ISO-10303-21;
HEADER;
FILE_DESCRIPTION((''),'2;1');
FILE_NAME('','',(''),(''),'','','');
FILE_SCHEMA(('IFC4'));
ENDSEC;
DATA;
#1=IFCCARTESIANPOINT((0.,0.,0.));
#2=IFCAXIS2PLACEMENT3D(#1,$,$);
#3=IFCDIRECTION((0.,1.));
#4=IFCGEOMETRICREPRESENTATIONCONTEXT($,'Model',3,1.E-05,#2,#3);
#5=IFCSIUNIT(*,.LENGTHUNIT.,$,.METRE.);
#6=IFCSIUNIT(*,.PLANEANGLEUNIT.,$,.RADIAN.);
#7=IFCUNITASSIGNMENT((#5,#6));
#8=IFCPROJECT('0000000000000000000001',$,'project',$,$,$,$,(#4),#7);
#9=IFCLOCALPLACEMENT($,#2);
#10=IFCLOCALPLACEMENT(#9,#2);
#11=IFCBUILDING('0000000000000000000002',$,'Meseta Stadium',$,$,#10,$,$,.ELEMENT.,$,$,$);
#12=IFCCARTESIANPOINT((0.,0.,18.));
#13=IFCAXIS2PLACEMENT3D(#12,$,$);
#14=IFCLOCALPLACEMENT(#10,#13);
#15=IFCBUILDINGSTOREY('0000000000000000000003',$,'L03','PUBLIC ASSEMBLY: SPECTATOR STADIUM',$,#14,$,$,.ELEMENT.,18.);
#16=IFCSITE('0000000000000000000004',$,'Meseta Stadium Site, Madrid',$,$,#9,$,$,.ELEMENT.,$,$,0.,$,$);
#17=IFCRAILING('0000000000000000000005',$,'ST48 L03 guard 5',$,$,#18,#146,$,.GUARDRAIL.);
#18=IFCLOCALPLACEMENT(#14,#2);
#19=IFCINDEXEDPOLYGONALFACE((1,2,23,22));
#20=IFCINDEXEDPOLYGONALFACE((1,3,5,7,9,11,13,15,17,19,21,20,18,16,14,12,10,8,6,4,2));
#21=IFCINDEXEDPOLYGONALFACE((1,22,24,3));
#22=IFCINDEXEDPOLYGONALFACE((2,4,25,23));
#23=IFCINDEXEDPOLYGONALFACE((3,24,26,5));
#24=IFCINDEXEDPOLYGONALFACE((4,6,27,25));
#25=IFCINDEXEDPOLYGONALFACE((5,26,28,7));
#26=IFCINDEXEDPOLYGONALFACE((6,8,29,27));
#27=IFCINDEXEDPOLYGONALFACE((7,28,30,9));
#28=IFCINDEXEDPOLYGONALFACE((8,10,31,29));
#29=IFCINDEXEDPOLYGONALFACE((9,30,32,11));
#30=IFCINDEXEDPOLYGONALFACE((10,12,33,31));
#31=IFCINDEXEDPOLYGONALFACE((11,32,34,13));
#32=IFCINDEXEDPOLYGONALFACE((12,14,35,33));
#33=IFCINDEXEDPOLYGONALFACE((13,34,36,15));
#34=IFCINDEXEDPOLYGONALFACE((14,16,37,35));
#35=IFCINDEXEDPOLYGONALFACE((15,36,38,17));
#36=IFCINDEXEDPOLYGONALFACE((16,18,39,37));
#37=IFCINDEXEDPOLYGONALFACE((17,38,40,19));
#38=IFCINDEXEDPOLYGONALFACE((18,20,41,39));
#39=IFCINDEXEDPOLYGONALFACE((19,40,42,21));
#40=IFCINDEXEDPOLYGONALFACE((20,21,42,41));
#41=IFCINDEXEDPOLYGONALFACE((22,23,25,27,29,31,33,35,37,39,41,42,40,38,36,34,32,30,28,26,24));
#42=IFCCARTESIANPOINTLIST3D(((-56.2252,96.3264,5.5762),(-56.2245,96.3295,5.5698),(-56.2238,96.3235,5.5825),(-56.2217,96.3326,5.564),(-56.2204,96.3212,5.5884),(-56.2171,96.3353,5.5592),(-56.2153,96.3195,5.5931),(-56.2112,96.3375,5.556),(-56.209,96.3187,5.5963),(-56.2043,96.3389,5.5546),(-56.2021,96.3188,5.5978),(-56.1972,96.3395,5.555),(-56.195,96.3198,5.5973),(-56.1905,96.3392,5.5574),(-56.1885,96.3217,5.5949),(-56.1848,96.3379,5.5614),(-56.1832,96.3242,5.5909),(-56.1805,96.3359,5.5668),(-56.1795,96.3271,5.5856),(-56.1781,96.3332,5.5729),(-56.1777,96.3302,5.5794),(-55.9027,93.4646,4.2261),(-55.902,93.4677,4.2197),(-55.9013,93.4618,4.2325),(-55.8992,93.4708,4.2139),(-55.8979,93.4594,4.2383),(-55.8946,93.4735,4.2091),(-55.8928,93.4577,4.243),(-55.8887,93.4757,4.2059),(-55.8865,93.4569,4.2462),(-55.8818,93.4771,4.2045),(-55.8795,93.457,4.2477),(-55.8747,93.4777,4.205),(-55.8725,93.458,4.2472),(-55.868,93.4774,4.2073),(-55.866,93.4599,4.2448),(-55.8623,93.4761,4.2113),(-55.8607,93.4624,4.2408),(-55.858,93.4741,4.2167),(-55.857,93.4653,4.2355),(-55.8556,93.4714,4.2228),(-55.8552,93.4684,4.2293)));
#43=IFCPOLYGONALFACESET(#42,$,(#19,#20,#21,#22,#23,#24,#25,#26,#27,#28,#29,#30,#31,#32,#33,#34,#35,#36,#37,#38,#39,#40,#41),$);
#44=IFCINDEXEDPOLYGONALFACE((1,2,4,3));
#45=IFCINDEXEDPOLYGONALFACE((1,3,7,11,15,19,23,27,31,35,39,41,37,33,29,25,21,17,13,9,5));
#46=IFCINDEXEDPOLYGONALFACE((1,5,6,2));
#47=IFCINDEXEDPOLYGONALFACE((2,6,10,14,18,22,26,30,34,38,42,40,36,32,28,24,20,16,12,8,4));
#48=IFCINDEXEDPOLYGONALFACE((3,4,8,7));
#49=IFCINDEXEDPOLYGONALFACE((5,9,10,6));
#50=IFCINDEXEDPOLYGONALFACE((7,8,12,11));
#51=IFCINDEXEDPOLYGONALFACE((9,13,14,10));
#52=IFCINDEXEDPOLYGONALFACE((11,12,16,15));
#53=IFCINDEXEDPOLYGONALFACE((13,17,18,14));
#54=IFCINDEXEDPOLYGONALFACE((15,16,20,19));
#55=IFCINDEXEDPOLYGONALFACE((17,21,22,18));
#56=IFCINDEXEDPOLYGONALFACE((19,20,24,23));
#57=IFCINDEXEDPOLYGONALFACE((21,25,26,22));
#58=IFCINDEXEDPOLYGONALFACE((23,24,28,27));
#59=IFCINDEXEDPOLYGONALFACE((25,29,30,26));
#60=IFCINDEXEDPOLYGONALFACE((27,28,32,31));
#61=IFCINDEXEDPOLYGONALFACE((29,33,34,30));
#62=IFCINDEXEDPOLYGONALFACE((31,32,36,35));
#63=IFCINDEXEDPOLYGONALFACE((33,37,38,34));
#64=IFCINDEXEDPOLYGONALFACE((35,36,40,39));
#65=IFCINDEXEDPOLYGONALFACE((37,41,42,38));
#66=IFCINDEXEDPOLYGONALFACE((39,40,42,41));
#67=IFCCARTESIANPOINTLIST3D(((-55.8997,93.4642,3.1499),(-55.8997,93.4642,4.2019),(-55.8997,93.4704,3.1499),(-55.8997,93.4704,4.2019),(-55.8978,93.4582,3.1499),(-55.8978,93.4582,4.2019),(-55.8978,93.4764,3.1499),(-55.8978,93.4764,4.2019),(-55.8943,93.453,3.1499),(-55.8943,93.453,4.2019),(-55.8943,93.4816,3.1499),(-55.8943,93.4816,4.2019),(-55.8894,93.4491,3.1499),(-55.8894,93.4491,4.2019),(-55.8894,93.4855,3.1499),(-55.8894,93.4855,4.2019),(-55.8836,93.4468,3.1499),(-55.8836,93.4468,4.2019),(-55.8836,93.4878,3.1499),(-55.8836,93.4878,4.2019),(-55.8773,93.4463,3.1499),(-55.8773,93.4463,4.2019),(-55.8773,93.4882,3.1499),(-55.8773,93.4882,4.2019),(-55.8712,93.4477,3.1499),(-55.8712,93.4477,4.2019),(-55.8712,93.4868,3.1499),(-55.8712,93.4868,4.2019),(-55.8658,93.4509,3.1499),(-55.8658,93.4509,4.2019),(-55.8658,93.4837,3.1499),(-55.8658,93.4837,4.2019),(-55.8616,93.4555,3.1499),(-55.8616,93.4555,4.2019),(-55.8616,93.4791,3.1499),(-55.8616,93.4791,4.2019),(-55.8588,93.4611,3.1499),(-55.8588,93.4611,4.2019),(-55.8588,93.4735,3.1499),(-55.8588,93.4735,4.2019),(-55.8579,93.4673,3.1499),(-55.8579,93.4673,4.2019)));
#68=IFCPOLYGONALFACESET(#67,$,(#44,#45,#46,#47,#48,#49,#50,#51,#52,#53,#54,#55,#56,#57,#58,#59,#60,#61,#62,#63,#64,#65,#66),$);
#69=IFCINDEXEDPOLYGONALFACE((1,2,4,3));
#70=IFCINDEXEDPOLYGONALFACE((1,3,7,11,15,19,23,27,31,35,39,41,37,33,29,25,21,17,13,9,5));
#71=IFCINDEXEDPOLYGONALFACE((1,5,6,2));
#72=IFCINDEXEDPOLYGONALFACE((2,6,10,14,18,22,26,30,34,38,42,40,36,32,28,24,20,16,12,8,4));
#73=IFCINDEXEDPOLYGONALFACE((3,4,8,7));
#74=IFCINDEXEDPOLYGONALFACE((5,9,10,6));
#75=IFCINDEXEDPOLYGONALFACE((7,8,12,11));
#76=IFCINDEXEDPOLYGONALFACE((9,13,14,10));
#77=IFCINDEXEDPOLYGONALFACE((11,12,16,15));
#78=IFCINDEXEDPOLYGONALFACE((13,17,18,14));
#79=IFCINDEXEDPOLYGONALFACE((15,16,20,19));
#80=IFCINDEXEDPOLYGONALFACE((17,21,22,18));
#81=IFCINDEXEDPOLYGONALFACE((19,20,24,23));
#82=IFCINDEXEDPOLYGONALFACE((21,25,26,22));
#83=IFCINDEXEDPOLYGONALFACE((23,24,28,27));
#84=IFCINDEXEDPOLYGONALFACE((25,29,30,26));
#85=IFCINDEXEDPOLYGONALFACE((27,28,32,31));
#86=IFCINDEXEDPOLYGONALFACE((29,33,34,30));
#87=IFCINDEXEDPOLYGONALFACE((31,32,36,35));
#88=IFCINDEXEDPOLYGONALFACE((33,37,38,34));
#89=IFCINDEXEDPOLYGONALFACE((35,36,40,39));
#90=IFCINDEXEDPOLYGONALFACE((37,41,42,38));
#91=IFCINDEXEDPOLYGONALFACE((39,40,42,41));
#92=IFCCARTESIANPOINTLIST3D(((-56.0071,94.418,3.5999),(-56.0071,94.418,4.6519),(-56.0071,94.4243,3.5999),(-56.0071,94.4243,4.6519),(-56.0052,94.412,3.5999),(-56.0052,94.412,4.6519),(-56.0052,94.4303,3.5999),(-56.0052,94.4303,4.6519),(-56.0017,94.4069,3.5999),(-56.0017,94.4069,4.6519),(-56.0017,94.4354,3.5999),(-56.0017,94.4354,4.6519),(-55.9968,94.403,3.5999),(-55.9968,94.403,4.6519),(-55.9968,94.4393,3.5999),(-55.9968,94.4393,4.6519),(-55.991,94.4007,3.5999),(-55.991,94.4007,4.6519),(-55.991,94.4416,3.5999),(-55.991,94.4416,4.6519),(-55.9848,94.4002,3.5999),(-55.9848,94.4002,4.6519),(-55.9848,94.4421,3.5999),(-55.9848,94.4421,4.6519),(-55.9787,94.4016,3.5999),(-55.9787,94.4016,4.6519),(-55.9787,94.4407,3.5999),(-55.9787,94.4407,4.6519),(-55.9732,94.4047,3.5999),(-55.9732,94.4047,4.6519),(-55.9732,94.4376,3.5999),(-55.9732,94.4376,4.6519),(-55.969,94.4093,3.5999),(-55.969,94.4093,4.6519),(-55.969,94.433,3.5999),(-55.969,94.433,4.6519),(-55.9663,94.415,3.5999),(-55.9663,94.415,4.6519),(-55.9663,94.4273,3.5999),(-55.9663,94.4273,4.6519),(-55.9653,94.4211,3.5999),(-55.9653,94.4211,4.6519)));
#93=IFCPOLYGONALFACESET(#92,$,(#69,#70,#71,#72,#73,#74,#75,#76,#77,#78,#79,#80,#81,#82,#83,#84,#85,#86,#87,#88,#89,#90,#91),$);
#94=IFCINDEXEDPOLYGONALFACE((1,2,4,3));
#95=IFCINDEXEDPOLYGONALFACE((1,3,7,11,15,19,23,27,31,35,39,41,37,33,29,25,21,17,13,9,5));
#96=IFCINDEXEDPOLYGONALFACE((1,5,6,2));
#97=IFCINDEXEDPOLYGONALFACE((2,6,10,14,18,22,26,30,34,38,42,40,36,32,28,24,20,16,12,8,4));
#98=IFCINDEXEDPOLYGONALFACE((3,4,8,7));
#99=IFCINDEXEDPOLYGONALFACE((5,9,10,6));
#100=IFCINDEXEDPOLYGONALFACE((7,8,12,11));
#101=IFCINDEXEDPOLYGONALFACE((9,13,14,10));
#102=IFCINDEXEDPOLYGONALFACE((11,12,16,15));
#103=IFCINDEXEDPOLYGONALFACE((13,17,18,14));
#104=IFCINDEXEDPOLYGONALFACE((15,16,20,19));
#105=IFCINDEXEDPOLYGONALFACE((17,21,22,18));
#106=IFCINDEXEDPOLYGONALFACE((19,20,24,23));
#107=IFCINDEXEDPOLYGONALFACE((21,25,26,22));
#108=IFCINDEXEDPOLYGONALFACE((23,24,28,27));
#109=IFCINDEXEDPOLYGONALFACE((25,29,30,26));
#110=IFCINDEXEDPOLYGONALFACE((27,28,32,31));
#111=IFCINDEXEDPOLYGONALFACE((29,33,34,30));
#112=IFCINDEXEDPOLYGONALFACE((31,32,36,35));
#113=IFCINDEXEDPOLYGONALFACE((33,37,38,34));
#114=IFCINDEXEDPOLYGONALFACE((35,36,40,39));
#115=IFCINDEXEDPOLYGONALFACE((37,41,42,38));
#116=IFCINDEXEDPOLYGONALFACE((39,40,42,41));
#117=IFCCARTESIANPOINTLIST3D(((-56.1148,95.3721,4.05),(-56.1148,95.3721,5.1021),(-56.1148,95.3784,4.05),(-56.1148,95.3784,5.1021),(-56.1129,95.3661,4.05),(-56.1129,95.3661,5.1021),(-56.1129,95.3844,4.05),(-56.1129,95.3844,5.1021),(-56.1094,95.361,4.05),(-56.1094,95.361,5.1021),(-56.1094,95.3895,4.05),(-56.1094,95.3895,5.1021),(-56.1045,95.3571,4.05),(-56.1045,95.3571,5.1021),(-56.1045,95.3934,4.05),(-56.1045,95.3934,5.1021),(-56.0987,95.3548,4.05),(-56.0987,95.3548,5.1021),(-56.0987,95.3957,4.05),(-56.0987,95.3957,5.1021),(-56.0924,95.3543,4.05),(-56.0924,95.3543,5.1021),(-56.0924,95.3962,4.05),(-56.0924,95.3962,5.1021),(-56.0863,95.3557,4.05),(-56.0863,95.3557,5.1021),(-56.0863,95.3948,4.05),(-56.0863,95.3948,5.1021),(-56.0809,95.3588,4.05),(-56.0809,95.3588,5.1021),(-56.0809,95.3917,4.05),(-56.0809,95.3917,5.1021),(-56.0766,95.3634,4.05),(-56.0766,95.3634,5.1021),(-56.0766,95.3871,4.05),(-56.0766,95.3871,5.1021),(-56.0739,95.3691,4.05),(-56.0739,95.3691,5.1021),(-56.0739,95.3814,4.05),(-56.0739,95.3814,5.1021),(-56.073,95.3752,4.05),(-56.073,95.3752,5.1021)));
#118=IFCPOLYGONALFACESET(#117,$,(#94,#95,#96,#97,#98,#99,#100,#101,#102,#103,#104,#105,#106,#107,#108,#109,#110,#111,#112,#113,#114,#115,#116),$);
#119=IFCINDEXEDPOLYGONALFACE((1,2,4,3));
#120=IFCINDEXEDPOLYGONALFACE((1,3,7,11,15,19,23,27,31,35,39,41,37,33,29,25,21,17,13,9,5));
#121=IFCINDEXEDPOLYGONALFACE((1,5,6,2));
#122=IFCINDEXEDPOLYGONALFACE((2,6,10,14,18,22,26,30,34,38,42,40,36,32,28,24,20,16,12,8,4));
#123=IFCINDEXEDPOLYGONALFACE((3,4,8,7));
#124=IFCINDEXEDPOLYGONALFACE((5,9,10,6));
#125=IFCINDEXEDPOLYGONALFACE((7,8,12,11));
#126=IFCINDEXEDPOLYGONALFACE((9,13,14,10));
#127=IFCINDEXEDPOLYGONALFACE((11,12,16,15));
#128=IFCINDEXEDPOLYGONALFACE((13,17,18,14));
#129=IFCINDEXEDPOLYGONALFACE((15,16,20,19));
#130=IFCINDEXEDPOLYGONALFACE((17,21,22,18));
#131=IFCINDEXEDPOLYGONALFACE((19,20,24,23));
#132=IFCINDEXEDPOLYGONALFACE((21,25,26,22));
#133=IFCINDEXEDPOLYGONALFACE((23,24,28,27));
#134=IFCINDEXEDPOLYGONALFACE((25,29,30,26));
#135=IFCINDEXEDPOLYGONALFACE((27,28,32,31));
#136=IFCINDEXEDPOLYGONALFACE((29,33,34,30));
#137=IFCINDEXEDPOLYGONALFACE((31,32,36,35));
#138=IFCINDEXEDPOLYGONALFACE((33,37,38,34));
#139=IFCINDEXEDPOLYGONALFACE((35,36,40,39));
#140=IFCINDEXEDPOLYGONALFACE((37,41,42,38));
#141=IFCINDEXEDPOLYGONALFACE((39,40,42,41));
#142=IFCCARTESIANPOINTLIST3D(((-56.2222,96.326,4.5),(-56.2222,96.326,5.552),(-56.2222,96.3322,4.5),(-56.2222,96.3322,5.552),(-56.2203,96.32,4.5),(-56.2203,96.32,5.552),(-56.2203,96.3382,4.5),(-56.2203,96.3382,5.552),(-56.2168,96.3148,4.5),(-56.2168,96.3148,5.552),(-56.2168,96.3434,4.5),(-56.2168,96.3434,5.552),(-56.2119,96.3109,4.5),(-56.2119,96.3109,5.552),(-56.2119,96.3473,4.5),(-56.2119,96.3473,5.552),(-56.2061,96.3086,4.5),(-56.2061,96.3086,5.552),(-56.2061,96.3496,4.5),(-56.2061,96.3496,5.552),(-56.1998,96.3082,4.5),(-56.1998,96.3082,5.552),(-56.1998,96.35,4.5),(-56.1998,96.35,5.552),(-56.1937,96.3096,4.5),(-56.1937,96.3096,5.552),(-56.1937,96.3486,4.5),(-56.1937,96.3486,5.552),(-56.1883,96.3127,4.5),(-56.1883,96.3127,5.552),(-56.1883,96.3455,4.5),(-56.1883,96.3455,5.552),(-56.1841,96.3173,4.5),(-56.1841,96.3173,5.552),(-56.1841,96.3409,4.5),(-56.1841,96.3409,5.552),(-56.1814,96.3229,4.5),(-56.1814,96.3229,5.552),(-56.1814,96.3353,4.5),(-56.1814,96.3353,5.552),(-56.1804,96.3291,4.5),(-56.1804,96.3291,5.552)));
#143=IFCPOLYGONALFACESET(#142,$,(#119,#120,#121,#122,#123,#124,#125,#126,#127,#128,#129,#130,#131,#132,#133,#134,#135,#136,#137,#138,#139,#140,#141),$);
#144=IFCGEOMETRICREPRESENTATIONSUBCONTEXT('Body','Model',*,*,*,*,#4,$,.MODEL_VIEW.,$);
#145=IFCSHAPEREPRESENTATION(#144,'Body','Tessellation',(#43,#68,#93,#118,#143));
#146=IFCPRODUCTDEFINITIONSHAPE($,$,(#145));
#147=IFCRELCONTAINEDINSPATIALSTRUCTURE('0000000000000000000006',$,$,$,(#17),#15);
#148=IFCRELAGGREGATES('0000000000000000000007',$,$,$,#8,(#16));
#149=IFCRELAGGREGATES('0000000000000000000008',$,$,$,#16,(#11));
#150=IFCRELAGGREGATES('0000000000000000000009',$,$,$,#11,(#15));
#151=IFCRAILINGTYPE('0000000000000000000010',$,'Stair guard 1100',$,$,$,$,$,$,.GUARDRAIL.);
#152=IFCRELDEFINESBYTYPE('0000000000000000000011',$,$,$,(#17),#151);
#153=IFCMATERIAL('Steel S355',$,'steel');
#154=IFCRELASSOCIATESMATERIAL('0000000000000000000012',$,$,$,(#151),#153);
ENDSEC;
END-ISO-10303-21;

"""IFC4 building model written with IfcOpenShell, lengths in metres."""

from ifc_helpers import new_model, si_unit, direction, frame, origin, origin_2d, place, context, subcontext, project, spatial, circle, extrude, material, type_object, element, save


model = new_model("IFC4")

# Units and contexts
model_context = context("Model", 3, precision=1e-05, world=origin(), true_north=direction((0.0, 1.0)))
body_context = subcontext(model_context, "Body", "Model", "MODEL_VIEW")
ifc_project = project(units=[si_unit("LENGTHUNIT", "METRE"), si_unit("PLANEANGLEUNIT", "RADIAN")], contexts=[model_context])

# Site, building, storey
site_placement = place(None, origin())
site = spatial("IfcSite", under=ifc_project, at=site_placement, Name="Meseta Stadium Site, Madrid", CompositionType="ELEMENT", RefElevation=0.0)
building_placement = place(site_placement, origin())
building = spatial("IfcBuilding", under=site, at=building_placement, Name="Meseta Stadium", CompositionType="ELEMENT")
storey_placement = place(building_placement, frame((0.0, 0.0, 18.0)))
storey = spatial("IfcBuildingStorey", under=building, at=storey_placement, Name="L03", Description="PUBLIC ASSEMBLY: SPECTATOR STADIUM", CompositionType="ELEMENT", Elevation=18.0)

# Railing
ifc_material_1 = material(Name="Steel S355", Category="steel")
railing_type_1 = type_object("IfcRailingType", Name="Stair guard 1100", PredefinedType="GUARDRAIL", material=ifc_material_1)
railing_1_placement = place(storey_placement, frame((-55.8789, 93.4673, 3.1499)))
element("IfcRailing", 1, at=railing_1_placement, inside=storey, type_object=railing_type_1, Name="ST48 L03 guard 5", PredefinedType="GUARDRAIL", context=body_context, shape_type="SweptSolid", body=[
    extrude(circle(Radius=0.0239, at=origin_2d()), frame((0.0, 0.0, 1.0762), z_axis=(-0.101396, 0.899748, 0.424467), x_axis=(-0.99371, -0.111985, 0.0)), (0.0, 0.0, 1.0), 3.1807),
    extrude(circle(Radius=0.021, at=origin_2d()), origin(), (0.0, 0.0, 1.0), 1.052),
    extrude(circle(Radius=0.021, at=origin_2d()), frame((-0.1074, 0.9539, 0.45)), (0.0, 0.0, 1.0), 1.052),
    extrude(circle(Radius=0.021, at=origin_2d()), frame((-0.2151, 1.908, 0.9001)), (0.0, 0.0, 1.0), 1.052),
    extrude(circle(Radius=0.021, at=origin_2d()), frame((-0.3225, 2.8618, 1.3501)), (0.0, 0.0, 1.0), 1.052),
])

save(model, "model.ifc")
